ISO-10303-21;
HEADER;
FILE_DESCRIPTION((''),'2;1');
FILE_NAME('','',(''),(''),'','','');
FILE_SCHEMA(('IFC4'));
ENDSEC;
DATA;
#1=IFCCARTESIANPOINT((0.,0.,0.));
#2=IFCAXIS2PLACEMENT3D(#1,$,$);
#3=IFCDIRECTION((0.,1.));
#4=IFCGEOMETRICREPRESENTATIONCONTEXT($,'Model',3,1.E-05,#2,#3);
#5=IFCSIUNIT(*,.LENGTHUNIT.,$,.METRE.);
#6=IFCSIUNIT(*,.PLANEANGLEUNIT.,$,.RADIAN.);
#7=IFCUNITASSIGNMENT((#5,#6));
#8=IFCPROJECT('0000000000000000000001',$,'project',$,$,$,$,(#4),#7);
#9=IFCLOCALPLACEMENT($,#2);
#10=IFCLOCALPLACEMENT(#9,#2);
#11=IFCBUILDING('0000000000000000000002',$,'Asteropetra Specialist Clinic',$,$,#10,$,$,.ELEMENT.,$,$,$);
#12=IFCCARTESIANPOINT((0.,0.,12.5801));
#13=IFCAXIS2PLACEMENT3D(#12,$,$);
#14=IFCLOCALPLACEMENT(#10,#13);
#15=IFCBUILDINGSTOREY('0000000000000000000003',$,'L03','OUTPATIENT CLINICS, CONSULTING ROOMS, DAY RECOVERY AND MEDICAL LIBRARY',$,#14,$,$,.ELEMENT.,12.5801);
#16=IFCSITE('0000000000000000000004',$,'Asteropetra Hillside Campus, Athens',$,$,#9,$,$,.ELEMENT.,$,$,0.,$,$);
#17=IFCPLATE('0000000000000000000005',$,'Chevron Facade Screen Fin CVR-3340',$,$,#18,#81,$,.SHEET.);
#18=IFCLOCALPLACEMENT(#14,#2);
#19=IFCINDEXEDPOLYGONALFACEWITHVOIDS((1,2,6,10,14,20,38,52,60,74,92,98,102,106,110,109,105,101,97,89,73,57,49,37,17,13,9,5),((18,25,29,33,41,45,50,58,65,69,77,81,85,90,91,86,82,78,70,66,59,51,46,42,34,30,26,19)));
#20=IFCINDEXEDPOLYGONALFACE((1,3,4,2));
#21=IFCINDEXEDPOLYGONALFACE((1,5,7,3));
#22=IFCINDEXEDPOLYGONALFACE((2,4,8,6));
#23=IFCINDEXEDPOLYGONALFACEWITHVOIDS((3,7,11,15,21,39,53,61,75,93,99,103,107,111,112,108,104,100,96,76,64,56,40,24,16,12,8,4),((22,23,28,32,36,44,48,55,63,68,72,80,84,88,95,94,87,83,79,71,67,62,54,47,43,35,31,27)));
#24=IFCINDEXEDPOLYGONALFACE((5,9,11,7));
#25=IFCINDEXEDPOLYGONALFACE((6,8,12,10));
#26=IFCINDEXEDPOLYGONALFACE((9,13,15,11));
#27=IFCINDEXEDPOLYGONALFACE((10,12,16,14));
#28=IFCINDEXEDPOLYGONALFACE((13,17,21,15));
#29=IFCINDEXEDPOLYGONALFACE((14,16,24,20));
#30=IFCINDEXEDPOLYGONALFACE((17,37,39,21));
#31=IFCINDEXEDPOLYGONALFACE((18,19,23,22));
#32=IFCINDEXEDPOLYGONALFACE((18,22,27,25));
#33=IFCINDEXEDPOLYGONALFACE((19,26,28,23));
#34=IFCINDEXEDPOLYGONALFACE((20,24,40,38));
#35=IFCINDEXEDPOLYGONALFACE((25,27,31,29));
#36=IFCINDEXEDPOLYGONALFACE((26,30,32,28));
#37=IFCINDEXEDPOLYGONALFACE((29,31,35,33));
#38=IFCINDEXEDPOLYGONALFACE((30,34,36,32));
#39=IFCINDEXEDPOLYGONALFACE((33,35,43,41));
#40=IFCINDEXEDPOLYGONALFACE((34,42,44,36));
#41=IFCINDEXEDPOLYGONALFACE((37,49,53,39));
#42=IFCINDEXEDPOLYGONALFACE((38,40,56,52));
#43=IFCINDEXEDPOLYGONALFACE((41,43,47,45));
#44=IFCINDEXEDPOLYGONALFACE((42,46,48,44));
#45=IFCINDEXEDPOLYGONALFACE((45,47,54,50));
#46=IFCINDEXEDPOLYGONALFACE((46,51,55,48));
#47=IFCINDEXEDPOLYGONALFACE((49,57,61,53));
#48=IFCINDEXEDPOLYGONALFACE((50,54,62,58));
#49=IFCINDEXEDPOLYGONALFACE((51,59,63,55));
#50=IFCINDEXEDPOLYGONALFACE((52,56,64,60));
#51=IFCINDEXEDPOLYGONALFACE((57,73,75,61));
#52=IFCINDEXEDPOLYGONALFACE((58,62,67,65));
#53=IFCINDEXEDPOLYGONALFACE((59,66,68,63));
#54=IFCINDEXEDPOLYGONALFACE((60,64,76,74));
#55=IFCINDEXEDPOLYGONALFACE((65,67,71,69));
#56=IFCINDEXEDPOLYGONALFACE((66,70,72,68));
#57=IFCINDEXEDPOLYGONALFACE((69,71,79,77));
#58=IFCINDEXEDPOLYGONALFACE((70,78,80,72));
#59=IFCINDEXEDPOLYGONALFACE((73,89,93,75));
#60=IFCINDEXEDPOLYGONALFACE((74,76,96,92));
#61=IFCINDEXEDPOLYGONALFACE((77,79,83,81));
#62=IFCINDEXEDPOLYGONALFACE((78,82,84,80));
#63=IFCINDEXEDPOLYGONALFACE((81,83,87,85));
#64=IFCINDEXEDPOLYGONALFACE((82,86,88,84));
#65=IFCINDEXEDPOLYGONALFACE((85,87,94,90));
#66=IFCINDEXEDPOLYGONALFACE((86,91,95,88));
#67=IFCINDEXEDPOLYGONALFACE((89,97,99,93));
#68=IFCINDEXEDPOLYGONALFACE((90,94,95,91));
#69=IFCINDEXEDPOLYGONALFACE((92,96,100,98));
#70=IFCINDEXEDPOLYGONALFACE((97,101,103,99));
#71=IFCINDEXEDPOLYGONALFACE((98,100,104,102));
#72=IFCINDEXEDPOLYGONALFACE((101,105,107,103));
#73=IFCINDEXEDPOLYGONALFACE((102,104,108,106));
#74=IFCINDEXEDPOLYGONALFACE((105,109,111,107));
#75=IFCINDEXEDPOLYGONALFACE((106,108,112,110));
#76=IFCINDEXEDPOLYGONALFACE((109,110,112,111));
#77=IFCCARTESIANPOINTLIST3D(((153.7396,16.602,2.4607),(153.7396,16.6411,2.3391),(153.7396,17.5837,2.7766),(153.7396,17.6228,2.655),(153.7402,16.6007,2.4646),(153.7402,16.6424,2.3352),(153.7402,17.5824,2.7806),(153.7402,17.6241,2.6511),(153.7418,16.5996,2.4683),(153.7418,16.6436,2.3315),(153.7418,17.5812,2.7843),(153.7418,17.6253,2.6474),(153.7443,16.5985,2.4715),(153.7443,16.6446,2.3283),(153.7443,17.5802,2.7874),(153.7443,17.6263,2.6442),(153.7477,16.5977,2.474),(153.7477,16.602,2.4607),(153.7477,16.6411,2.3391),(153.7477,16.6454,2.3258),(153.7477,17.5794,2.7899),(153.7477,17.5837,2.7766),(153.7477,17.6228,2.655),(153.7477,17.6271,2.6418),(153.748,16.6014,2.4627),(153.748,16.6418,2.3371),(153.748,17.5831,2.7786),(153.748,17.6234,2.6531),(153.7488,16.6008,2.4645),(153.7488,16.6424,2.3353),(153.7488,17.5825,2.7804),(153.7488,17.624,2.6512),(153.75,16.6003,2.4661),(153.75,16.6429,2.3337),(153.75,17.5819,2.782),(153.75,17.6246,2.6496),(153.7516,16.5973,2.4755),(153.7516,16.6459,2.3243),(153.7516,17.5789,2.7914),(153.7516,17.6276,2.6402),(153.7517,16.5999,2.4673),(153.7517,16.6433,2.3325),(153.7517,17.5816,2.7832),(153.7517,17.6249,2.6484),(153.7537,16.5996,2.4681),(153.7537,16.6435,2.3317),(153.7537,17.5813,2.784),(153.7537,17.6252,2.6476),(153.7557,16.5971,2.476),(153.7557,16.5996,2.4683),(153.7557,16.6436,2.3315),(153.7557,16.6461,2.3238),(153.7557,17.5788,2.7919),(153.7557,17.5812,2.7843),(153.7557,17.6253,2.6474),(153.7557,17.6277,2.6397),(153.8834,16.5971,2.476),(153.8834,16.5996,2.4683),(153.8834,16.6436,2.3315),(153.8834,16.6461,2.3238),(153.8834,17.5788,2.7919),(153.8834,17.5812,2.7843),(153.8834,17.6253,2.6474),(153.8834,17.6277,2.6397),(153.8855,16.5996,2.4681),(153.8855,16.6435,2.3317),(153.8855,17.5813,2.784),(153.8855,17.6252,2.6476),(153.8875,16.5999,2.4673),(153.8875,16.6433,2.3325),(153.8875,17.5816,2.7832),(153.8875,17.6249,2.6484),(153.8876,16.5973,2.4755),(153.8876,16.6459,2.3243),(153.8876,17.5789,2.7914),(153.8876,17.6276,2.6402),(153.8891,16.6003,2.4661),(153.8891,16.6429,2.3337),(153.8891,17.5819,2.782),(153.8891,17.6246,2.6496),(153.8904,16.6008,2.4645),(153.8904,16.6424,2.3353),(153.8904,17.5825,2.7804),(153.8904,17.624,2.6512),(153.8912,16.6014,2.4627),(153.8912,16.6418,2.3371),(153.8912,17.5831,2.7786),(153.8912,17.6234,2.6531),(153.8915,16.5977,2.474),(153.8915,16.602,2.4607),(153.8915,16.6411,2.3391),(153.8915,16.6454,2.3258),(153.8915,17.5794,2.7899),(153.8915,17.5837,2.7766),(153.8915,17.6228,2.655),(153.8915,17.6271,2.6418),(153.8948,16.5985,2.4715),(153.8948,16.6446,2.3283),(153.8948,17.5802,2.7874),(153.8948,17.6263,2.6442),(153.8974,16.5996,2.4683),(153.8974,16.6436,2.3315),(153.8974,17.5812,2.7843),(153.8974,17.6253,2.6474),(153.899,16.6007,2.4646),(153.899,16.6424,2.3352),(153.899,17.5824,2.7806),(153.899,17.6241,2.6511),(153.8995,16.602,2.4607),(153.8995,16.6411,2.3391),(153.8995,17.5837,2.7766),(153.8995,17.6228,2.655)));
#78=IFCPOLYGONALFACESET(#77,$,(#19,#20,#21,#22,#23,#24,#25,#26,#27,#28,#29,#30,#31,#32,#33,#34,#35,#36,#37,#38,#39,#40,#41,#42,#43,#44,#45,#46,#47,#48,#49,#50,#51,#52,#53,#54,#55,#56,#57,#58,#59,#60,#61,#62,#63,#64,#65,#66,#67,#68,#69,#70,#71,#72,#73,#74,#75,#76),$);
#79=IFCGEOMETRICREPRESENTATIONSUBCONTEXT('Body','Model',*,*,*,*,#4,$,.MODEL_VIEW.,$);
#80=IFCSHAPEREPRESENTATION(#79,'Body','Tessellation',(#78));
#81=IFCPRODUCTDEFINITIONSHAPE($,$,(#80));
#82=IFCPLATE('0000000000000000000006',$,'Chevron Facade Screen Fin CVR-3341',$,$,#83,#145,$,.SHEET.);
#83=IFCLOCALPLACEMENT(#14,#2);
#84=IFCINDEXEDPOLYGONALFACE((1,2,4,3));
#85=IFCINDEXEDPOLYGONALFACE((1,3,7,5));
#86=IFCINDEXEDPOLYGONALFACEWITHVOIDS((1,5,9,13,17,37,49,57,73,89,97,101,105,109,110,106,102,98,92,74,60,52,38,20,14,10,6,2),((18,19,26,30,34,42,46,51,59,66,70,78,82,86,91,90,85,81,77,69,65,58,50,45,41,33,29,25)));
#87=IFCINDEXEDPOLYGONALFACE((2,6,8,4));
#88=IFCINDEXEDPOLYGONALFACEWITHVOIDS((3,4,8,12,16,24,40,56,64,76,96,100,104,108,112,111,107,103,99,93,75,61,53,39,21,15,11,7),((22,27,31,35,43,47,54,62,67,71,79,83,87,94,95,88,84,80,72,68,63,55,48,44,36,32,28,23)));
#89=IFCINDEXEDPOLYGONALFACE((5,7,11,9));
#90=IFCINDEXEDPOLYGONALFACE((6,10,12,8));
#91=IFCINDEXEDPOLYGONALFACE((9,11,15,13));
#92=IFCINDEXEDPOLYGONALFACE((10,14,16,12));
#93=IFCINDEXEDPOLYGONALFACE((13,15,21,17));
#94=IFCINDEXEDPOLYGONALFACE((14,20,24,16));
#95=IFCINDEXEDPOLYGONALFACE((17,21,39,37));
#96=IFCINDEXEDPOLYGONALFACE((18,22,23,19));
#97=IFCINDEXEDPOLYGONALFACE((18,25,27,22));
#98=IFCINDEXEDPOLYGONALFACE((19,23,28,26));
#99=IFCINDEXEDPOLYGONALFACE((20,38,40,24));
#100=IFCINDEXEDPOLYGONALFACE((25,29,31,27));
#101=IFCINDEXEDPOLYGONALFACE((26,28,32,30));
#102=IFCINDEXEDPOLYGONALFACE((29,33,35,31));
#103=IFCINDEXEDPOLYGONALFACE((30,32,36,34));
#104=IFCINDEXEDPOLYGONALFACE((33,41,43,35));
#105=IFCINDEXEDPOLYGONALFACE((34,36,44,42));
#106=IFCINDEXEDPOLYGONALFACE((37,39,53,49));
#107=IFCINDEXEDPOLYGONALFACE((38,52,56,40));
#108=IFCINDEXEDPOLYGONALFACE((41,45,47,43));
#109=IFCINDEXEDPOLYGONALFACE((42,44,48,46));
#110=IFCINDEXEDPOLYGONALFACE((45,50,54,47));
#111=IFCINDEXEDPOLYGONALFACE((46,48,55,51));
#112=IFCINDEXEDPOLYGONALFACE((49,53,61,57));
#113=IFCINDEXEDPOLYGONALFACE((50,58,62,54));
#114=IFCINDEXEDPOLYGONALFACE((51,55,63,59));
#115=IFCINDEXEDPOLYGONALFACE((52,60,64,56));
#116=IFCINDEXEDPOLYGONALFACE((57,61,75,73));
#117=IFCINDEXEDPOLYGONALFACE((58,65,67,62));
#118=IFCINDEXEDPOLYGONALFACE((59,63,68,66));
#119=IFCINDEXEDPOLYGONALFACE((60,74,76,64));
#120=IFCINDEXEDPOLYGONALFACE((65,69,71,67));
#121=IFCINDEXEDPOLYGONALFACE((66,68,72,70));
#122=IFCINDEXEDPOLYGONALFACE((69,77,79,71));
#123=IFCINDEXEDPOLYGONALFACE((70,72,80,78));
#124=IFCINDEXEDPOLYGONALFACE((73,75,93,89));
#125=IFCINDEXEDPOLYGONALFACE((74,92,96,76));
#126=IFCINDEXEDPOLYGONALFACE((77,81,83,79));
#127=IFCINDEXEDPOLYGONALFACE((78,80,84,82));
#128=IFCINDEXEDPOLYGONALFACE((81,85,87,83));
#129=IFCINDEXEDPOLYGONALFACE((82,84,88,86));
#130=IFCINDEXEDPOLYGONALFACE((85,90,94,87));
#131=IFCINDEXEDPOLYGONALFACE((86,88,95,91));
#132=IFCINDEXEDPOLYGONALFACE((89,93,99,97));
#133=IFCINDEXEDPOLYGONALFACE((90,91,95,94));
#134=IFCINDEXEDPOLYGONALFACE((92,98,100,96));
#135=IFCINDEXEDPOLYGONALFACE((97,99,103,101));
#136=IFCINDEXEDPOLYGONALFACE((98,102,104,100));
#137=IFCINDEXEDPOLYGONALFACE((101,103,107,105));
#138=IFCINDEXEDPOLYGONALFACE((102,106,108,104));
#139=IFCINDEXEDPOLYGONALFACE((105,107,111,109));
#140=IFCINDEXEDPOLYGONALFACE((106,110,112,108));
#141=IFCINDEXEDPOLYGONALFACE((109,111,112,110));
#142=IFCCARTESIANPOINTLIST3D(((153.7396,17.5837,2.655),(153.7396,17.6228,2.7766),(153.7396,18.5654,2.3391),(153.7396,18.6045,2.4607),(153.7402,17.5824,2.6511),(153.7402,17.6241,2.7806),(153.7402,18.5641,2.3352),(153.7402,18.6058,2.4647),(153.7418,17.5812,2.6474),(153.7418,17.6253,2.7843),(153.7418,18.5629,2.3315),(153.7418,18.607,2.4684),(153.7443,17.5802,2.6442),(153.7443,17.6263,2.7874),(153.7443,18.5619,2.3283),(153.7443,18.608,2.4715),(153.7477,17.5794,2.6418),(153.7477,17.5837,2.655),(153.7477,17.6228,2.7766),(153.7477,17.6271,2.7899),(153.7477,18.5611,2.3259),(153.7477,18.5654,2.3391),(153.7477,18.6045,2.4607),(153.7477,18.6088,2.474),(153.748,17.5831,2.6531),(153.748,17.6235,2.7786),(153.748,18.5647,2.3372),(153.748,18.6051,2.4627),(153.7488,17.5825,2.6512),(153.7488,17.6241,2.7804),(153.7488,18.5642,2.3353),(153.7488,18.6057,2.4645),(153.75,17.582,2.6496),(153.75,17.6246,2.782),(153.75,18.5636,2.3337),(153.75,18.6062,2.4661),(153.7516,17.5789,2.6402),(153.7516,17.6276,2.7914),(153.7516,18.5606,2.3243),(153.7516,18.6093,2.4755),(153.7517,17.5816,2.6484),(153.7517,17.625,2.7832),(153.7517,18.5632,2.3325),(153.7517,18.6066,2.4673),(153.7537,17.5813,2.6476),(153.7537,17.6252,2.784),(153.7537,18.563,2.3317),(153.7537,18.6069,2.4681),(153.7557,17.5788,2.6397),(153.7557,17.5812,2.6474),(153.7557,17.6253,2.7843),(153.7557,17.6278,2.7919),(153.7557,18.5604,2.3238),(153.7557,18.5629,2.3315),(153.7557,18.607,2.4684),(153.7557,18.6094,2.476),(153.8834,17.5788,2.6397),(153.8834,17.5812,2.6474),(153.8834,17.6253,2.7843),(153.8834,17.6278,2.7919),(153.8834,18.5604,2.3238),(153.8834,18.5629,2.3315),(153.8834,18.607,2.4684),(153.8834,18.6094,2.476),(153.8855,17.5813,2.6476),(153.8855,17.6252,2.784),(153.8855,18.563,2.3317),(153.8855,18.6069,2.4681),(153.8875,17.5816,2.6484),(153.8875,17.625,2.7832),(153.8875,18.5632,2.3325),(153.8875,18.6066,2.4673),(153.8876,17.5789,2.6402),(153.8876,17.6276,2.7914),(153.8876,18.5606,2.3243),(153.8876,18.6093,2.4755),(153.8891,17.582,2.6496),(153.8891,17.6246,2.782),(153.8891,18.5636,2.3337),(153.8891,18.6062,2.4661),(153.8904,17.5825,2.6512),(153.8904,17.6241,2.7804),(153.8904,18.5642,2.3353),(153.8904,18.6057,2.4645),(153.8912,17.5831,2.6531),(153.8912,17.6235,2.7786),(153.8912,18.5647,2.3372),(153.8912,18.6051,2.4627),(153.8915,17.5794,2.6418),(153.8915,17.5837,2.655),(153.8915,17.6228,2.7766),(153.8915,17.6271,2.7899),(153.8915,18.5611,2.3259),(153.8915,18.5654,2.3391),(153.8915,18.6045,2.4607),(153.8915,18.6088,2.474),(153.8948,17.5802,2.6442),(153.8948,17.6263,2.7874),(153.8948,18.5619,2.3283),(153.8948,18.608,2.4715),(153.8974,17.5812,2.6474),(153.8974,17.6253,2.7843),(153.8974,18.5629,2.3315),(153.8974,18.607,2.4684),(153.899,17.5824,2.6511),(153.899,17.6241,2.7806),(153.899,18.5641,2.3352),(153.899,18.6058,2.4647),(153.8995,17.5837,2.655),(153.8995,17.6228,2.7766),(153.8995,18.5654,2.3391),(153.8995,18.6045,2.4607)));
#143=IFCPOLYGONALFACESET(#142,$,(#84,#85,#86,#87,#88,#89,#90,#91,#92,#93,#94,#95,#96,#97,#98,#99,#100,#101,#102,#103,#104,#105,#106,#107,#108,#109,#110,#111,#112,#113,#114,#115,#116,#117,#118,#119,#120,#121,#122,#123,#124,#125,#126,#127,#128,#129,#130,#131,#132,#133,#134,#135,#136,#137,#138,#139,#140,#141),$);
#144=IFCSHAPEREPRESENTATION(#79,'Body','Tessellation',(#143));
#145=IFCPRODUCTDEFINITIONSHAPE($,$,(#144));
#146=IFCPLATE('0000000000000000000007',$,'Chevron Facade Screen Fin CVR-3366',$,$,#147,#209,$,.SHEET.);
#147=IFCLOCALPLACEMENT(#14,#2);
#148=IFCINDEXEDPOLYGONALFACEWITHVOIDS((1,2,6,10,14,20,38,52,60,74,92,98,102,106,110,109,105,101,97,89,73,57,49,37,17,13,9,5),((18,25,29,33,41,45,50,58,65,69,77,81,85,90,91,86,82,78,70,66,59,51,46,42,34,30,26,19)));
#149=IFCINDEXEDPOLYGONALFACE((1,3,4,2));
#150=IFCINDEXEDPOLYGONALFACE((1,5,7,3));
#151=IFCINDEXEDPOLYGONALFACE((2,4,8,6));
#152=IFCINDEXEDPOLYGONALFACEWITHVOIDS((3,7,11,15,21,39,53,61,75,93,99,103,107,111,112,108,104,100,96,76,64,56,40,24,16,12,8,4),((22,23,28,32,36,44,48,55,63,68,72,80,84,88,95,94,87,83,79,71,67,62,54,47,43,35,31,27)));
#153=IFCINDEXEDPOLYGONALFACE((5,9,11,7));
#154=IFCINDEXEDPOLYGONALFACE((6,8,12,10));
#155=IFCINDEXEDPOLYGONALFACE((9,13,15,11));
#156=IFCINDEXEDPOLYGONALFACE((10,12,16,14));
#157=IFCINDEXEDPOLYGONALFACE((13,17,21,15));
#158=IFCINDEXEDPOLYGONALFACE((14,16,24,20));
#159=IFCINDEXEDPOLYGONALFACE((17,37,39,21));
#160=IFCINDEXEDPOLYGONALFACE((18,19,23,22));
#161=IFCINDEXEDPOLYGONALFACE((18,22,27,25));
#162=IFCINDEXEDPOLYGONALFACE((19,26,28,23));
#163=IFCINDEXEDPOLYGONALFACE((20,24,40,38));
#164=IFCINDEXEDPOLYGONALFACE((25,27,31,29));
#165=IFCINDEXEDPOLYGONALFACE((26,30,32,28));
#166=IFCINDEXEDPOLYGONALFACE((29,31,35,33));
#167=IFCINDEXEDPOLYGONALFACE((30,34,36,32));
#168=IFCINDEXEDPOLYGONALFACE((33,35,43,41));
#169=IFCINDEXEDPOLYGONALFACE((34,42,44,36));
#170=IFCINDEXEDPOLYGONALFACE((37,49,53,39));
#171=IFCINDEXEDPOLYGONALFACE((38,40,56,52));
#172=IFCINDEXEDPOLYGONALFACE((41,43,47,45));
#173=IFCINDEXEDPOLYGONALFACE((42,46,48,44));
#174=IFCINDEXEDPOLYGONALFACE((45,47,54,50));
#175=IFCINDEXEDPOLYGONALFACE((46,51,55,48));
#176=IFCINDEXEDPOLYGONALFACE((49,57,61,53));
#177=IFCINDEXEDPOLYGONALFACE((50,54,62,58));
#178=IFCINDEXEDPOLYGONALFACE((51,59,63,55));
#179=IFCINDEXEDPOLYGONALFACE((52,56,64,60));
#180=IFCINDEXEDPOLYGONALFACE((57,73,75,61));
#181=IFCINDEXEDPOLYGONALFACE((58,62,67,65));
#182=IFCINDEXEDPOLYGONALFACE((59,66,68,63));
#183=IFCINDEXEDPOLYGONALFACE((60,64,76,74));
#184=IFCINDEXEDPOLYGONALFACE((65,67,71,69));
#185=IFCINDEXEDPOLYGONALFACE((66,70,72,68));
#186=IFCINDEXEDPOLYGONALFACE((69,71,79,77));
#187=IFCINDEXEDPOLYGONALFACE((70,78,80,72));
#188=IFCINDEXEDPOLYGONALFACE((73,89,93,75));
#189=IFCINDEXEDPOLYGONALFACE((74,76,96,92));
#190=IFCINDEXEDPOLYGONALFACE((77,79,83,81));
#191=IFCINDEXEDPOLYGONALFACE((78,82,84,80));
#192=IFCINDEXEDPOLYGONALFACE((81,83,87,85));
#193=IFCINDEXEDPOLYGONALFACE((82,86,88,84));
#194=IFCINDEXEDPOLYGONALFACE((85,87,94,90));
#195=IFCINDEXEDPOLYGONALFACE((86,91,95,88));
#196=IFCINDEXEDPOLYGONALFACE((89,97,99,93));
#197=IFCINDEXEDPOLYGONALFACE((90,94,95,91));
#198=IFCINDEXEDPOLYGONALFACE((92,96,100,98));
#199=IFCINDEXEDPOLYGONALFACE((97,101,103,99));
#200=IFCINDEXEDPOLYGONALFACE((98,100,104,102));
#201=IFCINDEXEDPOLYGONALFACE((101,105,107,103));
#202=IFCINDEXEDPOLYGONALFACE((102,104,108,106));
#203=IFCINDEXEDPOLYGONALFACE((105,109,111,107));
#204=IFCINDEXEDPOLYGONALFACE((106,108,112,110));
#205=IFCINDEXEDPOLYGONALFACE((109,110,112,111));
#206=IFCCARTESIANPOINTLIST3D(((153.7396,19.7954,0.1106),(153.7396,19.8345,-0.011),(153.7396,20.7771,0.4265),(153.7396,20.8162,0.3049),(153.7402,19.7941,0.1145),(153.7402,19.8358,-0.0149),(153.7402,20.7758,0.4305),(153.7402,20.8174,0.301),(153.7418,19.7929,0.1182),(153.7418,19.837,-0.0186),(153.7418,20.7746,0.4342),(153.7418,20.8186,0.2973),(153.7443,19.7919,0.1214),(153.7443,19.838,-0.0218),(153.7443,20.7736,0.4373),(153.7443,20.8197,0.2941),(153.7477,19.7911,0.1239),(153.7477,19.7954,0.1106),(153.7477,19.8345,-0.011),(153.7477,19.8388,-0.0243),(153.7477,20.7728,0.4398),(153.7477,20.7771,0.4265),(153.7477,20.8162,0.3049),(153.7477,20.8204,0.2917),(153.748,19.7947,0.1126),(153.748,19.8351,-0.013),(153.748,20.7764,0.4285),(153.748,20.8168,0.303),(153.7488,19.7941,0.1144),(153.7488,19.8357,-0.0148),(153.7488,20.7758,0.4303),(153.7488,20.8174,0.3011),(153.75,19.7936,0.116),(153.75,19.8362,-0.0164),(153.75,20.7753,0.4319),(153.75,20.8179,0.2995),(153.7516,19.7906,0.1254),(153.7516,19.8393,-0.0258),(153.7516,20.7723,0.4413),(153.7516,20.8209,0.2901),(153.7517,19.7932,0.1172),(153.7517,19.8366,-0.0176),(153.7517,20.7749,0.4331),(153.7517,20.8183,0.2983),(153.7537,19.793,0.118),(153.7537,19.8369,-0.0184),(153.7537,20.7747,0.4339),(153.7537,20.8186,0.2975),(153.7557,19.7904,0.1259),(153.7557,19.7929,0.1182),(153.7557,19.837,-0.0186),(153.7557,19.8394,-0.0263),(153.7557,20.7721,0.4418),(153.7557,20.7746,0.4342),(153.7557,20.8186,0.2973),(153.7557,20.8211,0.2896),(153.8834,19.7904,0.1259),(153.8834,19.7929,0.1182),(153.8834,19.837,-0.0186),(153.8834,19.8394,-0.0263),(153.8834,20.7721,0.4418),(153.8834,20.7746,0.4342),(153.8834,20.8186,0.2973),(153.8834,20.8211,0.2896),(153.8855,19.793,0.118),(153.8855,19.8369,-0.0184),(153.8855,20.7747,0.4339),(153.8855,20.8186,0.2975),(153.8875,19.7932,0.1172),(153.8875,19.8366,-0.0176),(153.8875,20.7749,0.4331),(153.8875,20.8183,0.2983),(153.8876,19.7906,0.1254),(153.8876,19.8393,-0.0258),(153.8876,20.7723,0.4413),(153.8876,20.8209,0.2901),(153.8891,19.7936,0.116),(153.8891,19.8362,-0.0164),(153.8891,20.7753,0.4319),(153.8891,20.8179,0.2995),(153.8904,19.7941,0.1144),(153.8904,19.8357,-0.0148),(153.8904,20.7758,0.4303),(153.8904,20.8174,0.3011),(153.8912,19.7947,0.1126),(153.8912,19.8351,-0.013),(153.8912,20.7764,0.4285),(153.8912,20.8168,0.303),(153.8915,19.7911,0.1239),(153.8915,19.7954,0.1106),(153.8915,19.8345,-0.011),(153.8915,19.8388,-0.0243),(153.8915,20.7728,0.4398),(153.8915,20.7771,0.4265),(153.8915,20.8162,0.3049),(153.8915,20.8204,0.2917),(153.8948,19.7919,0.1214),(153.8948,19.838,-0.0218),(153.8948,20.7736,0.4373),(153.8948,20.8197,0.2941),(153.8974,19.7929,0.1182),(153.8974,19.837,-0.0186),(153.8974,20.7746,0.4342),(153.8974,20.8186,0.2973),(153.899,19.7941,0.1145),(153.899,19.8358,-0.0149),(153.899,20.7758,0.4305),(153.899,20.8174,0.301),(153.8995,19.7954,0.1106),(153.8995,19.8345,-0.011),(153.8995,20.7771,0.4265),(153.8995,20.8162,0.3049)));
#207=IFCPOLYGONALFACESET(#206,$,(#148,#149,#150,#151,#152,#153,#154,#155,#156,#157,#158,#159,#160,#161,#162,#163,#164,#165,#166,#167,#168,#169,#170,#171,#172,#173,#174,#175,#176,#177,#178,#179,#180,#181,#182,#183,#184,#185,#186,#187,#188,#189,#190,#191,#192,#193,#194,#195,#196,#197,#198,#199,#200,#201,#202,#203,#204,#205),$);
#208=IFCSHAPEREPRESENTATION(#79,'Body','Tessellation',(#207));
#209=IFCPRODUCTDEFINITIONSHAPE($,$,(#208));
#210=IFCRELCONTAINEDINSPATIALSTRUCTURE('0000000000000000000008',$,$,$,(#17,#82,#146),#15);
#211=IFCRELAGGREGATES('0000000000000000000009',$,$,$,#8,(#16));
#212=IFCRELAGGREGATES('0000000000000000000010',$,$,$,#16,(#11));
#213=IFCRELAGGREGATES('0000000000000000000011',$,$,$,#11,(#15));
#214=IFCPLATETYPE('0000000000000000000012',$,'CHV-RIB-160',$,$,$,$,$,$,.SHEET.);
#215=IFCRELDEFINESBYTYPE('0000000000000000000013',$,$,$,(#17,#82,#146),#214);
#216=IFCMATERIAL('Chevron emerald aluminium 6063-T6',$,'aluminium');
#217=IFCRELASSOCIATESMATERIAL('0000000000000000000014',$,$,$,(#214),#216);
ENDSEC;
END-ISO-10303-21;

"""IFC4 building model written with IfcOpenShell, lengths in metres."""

from ifc_helpers import new_model, si_unit, direction, frame, origin, origin_2d, place, context, subcontext, project, spatial, hollow_rectangle, extrude, material, material_profile, profile_set, type_object, element, save


model = new_model("IFC4")

# Units and contexts
model_context = context("Model", 3, precision=1e-05, world=origin(), true_north=direction((0.0, 1.0)))
body_context = subcontext(model_context, "Body", "Model", "MODEL_VIEW")
ifc_project = project(units=[si_unit("LENGTHUNIT", "METRE"), si_unit("PLANEANGLEUNIT", "RADIAN")], contexts=[model_context])

# Site, building, storey
site_placement = place(None, origin())
site = spatial("IfcSite", under=ifc_project, at=site_placement, Name="Asteropetra Hillside Campus, Athens", CompositionType="ELEMENT", RefElevation=0.0)
building_placement = place(site_placement, origin())
building = spatial("IfcBuilding", under=site, at=building_placement, Name="Asteropetra Specialist Clinic", CompositionType="ELEMENT")
storey_placement = place(building_placement, frame((0.0, 0.0, 12.5801)))
storey = spatial("IfcBuildingStorey", under=building, at=storey_placement, Name="L03", Description="OUTPATIENT CLINICS, CONSULTING ROOMS, DAY RECOVERY AND MEDICAL LIBRARY", CompositionType="ELEMENT", Elevation=12.5801)

# Plates
ifc_material_1 = material(Name="Chevron emerald aluminium 6063-T6", Category="aluminium")
ifc_material_profile = material_profile(ifc_material_1, hollow_rectangle(XDim=0.1599, YDim=0.1599, WallThickness=0.0081, InnerFilletRadius=0.0081, OuterFilletRadius=0.0161, at=origin_2d()), Name="SHS 160x160x8.0")
ifc_profile_set = profile_set([ifc_material_profile], Name="Chevron emerald aluminium 6063-T6")
plate_type_1 = type_object("IfcPlateType", Name="CHV-RIB-160", PredefinedType="SHEET", material=ifc_profile_set)
for number, where, z_axis, x_axis, name in (
    (1, (153.8196, 16.6216, 2.3999), (0.0, 0.951923, 0.306339), (-1.0, 0.0, 0.0), "Chevron Facade Screen Fin CVR-3340"),
    (2, (153.8196, 17.6033, 2.7158), (0.0, 0.951923, -0.306339), (-1.0, 0.0, 0.0), "Chevron Facade Screen Fin CVR-3341"),
    (3, (153.8196, 19.8149, 0.0498), (0.0, 0.951923, 0.306339), (-1.0, 0.0, 0.0), "Chevron Facade Screen Fin CVR-3366"),
):
    element("IfcPlate", number, at=place(storey_placement, frame(where, z_axis=z_axis, x_axis=x_axis)), inside=storey, type_object=plate_type_1, Name=name, PredefinedType="SHEET", context=body_context, shape_type="SweptSolid", body=[
        extrude(hollow_rectangle(XDim=0.1599, YDim=0.1599, WallThickness=0.0081, InnerFilletRadius=0.0081, OuterFilletRadius=0.0161, at=origin_2d()), origin(), (0.0, 0.0, 1.0), 1.0312),
    ])

save(model, "model.ifc")
